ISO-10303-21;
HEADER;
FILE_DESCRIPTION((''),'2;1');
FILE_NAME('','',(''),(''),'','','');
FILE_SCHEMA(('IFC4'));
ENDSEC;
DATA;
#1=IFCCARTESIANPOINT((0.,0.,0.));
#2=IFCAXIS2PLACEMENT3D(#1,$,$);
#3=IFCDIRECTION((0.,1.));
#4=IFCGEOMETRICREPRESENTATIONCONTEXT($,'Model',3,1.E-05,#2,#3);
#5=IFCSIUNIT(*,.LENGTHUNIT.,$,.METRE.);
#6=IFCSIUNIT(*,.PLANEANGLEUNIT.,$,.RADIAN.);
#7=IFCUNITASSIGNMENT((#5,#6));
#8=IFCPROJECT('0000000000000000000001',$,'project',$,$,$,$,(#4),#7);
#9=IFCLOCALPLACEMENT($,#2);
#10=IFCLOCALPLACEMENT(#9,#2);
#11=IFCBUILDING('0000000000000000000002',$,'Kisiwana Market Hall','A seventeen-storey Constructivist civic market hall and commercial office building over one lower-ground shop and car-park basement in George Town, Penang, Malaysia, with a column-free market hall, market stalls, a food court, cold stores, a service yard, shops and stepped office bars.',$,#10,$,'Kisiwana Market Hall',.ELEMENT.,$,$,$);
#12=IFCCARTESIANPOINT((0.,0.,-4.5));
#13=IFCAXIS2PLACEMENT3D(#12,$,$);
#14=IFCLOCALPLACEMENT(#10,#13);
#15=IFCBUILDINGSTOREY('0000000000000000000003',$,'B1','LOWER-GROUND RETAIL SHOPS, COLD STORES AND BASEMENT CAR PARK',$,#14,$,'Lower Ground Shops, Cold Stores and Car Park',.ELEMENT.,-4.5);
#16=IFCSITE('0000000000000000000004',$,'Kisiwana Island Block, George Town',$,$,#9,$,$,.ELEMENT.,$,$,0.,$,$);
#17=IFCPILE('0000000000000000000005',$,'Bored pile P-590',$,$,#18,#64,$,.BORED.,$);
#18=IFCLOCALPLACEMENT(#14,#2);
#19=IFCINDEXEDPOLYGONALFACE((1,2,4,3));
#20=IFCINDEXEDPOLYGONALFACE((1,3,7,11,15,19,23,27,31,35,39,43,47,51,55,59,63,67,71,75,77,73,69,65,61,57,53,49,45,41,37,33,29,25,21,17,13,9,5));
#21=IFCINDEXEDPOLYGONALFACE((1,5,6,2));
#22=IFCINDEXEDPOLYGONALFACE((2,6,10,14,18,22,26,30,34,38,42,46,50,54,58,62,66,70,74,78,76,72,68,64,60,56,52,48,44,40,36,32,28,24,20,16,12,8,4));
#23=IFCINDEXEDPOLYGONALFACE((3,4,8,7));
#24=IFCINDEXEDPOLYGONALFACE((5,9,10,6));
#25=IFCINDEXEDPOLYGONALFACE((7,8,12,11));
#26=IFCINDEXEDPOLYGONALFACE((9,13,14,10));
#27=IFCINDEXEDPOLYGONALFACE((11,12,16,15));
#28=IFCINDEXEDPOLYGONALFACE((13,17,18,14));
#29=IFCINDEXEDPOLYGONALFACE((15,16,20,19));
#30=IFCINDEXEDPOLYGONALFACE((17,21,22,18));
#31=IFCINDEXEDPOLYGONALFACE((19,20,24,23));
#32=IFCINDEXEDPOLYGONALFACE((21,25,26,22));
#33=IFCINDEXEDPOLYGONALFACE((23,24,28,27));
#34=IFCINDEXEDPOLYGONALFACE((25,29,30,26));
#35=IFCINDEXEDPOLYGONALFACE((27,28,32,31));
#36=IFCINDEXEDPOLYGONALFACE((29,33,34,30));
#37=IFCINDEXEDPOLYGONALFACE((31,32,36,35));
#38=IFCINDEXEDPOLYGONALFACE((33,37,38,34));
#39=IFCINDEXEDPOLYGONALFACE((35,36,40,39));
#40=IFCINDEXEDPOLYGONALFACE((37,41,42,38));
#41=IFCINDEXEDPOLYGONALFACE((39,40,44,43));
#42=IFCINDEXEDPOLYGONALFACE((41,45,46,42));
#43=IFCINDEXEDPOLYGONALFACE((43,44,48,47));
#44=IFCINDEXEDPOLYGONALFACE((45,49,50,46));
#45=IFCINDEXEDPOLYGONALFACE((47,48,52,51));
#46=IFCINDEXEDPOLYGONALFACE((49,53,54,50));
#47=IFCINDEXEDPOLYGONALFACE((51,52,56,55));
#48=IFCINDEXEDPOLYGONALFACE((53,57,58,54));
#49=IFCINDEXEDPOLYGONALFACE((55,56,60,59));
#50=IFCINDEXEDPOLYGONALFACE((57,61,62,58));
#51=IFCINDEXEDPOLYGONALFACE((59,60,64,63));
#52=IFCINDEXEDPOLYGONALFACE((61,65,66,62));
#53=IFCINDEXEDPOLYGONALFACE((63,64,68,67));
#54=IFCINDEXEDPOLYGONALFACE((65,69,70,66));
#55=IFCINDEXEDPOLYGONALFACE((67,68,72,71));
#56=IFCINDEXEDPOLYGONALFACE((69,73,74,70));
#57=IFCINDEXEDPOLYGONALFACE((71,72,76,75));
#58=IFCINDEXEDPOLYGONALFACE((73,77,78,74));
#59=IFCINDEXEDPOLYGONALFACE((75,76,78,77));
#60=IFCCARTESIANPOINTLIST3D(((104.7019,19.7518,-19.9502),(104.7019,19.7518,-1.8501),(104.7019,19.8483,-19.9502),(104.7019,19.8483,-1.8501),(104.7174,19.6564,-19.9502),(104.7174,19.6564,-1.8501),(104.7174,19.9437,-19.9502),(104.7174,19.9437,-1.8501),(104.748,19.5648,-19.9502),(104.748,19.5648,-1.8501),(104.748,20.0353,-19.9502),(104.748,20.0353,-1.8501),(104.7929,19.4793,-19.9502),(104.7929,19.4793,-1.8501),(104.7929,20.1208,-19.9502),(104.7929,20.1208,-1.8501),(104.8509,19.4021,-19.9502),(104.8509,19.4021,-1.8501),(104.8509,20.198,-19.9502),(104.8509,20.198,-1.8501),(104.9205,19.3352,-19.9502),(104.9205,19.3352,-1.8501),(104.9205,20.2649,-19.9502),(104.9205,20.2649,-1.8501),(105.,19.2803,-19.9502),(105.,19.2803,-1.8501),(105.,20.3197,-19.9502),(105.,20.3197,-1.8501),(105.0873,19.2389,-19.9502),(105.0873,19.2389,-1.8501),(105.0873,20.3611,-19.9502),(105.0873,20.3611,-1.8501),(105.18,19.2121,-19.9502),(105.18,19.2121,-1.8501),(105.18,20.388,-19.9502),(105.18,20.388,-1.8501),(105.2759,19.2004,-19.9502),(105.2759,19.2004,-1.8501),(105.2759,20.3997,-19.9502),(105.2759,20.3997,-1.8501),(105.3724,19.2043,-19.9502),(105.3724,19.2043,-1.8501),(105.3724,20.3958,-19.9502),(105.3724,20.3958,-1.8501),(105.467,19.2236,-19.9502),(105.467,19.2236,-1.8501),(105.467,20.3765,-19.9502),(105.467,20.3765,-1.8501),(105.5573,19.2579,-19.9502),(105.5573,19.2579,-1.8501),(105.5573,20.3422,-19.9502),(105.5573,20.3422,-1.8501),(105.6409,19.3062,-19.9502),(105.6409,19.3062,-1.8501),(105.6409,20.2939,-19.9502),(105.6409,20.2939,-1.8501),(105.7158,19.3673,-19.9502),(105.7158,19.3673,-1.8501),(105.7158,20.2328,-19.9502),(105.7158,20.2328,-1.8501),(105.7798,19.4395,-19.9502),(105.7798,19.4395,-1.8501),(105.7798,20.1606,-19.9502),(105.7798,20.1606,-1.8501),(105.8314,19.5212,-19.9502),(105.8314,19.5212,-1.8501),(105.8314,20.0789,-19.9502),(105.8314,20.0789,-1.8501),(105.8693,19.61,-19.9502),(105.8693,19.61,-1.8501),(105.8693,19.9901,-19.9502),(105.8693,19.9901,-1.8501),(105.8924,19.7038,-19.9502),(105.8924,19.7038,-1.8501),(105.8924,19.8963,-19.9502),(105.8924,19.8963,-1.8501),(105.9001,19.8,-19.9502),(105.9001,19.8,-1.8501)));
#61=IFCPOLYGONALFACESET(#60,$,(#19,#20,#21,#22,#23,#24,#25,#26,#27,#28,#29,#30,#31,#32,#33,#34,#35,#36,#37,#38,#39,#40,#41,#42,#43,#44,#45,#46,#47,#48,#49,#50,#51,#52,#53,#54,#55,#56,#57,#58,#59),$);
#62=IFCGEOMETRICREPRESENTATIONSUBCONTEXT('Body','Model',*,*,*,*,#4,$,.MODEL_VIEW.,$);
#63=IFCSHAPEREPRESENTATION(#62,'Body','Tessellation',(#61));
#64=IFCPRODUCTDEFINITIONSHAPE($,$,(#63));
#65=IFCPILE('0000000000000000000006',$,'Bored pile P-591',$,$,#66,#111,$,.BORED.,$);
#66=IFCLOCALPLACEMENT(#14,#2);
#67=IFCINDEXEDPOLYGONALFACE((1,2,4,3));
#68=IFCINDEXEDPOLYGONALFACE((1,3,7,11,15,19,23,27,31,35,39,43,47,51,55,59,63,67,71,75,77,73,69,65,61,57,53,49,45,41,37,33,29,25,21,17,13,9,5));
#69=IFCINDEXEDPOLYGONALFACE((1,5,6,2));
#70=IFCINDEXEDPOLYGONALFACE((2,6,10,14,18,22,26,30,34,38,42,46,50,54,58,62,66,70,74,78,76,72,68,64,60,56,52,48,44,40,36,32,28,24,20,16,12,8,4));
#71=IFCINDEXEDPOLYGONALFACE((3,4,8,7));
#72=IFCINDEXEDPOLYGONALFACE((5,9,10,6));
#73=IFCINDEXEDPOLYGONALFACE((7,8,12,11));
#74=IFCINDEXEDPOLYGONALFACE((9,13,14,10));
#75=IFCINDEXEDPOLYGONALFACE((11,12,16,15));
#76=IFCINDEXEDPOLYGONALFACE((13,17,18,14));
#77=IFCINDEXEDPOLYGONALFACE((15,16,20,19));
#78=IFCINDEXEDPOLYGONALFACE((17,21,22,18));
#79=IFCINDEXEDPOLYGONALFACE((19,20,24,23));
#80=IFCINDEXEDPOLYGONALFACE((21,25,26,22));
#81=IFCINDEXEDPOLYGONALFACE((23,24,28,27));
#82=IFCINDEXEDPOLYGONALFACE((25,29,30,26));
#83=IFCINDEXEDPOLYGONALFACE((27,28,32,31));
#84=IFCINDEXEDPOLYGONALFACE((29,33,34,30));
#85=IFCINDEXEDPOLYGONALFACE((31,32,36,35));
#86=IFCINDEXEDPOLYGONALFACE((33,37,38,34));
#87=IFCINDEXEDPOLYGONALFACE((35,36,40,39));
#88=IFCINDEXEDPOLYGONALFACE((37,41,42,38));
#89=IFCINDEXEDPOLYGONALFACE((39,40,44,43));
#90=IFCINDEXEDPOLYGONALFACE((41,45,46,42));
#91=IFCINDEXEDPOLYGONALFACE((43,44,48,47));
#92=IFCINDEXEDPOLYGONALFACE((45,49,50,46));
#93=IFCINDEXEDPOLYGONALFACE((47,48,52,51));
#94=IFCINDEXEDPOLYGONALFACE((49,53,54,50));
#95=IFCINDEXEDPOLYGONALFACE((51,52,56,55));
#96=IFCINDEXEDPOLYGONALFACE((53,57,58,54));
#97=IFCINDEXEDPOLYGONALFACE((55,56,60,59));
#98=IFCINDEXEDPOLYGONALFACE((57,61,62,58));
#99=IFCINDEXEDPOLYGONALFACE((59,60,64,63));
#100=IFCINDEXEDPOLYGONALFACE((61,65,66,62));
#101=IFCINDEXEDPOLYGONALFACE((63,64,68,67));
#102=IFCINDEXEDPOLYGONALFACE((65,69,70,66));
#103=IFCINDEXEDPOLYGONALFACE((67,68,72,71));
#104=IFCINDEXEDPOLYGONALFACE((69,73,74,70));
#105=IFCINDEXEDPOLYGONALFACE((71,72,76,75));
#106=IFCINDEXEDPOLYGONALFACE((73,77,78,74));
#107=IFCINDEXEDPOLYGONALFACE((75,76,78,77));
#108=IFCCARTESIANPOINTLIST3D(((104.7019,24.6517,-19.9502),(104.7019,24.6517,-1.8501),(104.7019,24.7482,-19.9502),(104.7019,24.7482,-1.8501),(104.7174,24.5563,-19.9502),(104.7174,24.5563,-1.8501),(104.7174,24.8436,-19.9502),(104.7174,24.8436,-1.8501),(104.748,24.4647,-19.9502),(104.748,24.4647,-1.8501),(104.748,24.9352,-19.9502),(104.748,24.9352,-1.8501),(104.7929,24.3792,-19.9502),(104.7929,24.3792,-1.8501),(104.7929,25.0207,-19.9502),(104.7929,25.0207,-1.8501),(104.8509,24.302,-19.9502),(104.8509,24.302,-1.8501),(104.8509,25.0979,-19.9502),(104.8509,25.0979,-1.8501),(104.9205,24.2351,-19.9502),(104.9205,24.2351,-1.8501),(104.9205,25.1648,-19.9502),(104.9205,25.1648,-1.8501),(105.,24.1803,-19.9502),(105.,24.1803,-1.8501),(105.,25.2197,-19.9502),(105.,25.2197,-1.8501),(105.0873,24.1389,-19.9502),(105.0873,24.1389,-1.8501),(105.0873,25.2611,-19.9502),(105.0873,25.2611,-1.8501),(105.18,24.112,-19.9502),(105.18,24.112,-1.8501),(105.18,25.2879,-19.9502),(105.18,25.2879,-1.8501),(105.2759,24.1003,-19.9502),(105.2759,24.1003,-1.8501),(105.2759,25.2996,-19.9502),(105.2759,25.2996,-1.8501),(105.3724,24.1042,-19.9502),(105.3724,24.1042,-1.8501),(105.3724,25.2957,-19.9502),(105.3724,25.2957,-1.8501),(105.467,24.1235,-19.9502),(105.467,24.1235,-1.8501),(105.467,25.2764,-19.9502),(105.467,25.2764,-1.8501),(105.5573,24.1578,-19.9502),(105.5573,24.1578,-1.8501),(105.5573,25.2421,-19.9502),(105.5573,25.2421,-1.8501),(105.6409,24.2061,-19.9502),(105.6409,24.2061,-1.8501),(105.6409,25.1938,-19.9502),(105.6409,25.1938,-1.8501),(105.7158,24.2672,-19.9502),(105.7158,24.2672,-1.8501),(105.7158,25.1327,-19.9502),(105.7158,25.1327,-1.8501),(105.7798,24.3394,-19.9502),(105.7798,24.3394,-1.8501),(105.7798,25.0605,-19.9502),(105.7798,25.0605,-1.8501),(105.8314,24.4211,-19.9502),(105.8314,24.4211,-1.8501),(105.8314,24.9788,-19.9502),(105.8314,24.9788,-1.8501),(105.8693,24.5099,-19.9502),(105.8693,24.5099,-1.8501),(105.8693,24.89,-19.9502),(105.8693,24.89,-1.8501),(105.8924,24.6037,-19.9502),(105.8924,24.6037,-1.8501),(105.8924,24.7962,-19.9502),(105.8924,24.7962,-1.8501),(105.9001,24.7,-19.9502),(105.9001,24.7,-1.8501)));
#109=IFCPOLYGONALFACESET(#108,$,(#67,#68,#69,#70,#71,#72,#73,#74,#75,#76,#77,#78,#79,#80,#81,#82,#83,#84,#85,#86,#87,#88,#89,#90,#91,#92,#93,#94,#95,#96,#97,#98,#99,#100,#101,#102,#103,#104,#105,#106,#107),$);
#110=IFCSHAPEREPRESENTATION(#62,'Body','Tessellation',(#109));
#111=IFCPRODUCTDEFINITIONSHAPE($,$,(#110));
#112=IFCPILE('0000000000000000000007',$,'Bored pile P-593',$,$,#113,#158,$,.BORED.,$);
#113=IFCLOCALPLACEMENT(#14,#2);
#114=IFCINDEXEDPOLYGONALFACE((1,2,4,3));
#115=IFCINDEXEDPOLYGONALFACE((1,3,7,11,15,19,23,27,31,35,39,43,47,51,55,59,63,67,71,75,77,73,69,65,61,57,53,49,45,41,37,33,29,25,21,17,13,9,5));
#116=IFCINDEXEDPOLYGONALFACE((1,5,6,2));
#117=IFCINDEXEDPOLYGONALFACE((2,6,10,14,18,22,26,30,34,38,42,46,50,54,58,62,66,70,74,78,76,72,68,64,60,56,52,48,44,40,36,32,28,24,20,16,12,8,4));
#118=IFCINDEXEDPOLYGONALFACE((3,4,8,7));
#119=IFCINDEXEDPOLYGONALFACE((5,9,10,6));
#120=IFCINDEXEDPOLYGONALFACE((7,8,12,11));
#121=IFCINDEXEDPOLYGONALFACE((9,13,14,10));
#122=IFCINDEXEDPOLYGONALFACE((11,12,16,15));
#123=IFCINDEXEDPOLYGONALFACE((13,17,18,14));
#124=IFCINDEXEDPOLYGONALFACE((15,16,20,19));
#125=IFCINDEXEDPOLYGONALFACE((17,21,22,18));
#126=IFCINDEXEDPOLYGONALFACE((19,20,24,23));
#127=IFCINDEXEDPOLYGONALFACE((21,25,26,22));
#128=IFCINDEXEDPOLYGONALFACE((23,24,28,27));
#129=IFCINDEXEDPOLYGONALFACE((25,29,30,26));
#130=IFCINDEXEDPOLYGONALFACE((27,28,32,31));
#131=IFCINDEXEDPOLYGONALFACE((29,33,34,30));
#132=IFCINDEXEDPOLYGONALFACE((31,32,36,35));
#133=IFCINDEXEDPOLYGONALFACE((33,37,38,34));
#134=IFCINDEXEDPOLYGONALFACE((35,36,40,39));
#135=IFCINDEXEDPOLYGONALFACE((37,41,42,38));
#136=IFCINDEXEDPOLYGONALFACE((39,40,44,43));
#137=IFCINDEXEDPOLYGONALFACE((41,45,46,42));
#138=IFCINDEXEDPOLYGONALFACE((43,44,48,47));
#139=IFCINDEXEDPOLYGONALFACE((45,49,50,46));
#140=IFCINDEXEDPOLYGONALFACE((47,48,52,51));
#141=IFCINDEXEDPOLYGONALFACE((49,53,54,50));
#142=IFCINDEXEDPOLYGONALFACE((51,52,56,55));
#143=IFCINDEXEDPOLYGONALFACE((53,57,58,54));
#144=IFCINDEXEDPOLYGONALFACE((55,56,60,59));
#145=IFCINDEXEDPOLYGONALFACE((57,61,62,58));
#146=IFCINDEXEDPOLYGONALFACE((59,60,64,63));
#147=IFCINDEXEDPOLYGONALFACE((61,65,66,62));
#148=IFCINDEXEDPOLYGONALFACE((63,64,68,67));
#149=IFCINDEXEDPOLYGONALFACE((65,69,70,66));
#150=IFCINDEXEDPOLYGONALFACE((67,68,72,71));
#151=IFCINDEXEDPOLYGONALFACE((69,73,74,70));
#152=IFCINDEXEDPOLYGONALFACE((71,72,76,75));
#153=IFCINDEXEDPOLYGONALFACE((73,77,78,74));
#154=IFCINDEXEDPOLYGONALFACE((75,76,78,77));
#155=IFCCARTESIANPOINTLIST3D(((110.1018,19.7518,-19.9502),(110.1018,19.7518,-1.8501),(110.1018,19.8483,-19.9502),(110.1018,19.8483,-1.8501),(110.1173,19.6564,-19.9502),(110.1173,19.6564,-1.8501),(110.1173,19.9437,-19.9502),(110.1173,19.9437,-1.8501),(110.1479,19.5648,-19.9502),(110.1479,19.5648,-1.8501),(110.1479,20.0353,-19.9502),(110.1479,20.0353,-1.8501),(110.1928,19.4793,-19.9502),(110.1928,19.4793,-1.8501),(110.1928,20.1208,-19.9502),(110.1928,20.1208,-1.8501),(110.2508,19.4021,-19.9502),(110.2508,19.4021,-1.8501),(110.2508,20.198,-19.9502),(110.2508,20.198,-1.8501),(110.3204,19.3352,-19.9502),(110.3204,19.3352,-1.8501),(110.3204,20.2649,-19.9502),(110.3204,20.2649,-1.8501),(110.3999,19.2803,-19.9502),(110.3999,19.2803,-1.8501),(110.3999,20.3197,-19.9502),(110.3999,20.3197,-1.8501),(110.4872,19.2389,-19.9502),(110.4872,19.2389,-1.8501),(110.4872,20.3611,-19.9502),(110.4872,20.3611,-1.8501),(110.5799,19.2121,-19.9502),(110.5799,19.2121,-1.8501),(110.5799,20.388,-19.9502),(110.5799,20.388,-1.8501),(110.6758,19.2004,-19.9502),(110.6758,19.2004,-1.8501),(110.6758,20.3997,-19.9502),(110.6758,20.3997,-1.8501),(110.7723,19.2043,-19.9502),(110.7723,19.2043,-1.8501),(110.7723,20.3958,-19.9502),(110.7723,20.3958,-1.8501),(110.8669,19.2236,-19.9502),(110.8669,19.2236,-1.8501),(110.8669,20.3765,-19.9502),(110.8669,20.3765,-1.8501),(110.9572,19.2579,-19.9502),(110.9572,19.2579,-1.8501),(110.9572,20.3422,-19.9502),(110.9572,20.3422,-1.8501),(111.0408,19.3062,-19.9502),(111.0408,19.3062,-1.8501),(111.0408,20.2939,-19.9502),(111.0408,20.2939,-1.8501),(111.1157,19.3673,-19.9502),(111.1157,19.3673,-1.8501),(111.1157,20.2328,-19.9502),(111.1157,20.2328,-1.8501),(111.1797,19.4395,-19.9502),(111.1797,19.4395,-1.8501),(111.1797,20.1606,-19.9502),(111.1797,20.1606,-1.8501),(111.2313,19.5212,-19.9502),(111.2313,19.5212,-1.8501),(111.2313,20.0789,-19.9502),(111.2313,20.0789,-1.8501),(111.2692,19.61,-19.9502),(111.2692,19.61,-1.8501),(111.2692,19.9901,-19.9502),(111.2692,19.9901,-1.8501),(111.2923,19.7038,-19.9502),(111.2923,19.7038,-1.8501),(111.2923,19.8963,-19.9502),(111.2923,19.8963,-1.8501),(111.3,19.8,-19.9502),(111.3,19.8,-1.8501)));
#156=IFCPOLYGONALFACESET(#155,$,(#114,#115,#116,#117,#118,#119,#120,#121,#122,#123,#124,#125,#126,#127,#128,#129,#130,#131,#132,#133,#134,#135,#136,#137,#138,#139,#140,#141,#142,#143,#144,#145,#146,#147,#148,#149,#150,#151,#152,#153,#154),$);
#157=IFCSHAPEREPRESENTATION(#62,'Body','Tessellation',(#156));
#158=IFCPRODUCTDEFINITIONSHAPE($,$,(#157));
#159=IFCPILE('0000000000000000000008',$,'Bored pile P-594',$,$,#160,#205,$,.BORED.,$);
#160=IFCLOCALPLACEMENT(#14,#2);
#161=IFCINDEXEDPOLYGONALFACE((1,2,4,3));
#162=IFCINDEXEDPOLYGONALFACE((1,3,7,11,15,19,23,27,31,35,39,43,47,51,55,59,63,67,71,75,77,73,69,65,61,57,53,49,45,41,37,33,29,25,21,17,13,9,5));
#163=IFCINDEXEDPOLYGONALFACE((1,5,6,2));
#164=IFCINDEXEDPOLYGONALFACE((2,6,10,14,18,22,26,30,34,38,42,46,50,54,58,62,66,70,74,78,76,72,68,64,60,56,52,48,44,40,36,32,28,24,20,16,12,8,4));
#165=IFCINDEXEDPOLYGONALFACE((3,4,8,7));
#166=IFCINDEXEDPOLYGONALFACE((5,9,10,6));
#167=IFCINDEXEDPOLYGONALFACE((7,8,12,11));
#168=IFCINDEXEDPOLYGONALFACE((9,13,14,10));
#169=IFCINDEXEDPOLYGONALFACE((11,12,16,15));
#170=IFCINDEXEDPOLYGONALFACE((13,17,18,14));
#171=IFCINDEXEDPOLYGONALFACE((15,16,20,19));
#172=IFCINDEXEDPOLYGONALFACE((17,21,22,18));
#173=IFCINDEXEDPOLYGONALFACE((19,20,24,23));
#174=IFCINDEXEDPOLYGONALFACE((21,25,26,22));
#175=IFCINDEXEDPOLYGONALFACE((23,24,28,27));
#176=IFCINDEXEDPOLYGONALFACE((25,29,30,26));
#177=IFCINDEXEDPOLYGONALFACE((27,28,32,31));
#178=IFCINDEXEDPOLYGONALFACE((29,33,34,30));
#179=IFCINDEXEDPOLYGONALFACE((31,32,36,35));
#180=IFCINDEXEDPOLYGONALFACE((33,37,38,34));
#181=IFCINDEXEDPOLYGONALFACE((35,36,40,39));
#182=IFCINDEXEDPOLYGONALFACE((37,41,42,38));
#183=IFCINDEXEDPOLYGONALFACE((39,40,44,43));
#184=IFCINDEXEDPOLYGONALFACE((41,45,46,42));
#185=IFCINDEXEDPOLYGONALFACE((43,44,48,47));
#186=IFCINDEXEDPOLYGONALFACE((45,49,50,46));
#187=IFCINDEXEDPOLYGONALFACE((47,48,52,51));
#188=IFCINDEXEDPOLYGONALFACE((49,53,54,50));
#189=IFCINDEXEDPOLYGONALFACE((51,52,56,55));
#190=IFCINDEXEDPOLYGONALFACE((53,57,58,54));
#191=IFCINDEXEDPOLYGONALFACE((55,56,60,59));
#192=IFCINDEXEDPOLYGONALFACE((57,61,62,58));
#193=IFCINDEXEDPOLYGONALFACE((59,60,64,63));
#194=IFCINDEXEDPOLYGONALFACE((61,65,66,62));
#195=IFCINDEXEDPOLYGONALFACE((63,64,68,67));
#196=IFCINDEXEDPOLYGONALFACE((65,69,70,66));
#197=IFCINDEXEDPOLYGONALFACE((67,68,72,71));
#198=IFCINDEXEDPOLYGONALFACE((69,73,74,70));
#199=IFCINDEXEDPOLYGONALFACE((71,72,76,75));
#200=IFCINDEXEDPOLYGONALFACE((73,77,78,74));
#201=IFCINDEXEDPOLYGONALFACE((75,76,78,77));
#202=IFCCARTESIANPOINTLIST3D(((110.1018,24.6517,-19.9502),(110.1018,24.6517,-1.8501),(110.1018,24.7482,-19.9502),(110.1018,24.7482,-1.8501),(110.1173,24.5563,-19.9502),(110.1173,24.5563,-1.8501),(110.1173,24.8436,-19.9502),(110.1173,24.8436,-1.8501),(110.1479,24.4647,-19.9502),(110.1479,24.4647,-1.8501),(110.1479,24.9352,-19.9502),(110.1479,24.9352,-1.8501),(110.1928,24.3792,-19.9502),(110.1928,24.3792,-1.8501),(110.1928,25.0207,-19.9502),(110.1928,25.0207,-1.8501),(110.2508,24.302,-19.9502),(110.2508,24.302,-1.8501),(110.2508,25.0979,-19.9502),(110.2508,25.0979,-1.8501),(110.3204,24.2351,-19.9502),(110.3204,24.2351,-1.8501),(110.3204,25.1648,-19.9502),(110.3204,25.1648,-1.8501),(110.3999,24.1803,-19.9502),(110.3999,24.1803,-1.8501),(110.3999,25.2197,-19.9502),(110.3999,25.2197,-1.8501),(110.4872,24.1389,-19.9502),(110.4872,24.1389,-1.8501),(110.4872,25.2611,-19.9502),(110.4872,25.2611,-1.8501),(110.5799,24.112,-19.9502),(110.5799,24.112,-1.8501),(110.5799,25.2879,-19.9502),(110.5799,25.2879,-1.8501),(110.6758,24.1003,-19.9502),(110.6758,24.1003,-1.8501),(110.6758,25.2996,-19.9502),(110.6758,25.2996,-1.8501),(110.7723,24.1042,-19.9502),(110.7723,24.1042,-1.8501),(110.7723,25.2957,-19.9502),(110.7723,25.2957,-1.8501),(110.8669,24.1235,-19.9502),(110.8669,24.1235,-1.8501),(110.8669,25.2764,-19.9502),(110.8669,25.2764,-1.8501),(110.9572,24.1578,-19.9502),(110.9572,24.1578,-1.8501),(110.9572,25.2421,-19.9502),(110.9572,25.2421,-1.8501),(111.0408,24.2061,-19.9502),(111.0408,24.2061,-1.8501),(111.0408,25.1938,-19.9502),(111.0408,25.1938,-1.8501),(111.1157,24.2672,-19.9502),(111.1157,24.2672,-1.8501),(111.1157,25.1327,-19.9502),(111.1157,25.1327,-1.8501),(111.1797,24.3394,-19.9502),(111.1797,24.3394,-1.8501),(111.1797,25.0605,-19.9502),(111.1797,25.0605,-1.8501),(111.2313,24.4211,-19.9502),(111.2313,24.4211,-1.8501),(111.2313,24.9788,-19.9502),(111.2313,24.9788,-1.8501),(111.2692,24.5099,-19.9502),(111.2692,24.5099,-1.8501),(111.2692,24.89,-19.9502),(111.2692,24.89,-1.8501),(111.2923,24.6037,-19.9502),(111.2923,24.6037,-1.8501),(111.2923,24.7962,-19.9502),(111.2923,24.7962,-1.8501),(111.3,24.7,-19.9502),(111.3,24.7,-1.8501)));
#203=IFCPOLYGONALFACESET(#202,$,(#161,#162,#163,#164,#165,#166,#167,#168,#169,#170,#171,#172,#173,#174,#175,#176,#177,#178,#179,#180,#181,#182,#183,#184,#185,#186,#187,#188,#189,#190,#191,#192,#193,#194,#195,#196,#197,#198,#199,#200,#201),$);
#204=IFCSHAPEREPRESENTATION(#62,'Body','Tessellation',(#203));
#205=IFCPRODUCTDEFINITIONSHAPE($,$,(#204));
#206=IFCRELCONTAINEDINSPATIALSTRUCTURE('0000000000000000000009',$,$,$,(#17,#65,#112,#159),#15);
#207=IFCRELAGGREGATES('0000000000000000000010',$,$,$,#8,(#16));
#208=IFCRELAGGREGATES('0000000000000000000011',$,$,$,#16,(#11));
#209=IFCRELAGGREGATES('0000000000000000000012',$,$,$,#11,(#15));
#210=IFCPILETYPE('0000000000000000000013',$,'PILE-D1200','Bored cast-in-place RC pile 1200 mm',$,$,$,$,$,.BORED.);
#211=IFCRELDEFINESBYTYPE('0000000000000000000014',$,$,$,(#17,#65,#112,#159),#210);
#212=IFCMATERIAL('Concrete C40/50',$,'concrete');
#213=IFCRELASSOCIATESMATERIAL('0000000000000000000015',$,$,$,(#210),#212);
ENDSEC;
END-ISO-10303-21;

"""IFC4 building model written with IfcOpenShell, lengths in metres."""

from ifc_helpers import new_model, si_unit, direction, frame, origin, origin_2d, place, context, subcontext, project, spatial, circle, extrude, material, material_profile, profile_set, type_object, element, save


model = new_model("IFC4")

# Units and contexts
model_context = context("Model", 3, precision=1e-05, world=origin(), true_north=direction((0.0, 1.0)))
body_context = subcontext(model_context, "Body", "Model", "MODEL_VIEW")
ifc_project = project(units=[si_unit("LENGTHUNIT", "METRE"), si_unit("PLANEANGLEUNIT", "RADIAN")], contexts=[model_context])

# Site, building, storey
site_placement = place(None, origin())
site = spatial("IfcSite", under=ifc_project, at=site_placement, Name="Kisiwana Island Block, George Town", CompositionType="ELEMENT", RefElevation=0.0)
building_placement = place(site_placement, origin())
building = spatial("IfcBuilding", under=site, at=building_placement, Name="Kisiwana Market Hall", Description="A seventeen-storey Constructivist civic market hall and commercial office building over one lower-ground shop and car-park basement in George Town, Penang, Malaysia, with a column-free market hall, market stalls, a food court, cold stores, a service yard, shops and stepped office bars.", LongName="Kisiwana Market Hall", CompositionType="ELEMENT")
storey_placement = place(building_placement, frame((0.0, 0.0, -4.5)))
storey = spatial("IfcBuildingStorey", under=building, at=storey_placement, Name="B1", Description="LOWER-GROUND RETAIL SHOPS, COLD STORES AND BASEMENT CAR PARK", LongName="Lower Ground Shops, Cold Stores and Car Park", CompositionType="ELEMENT", Elevation=-4.5)

# Piles
ifc_material_1 = material(Name="Concrete C40/50", Category="concrete")
ifc_material_profile_1 = material_profile(ifc_material_1, circle(Radius=0.6001, at=origin_2d()), Name="BP D1200")
ifc_profile_set_1 = profile_set([ifc_material_profile_1], Name="Concrete C40/50")
pile_type_1 = type_object("IfcPileType", Name="PILE-D1200", Description="Bored cast-in-place RC pile 1200 mm", PredefinedType="BORED", material=ifc_profile_set_1)
for number, where, z_axis, x_axis, name in (
    (1, (105.3, 19.8, -1.8501), (0.0, 0.0, -1.0), (1.0, 0.0, 0.0), "Bored pile P-590"),
    (2, (105.3, 24.7, -1.8501), (0.0, 0.0, -1.0), (1.0, 0.0, 0.0), "Bored pile P-591"),
    (3, (110.7, 19.8, -1.8501), (0.0, 0.0, -1.0), (1.0, 0.0, 0.0), "Bored pile P-593"),
    (4, (110.7, 24.7, -1.8501), (0.0, 0.0, -1.0), (1.0, 0.0, 0.0), "Bored pile P-594"),
):
    element("IfcPile", number, at=place(storey_placement, frame(where, z_axis=z_axis, x_axis=x_axis)), inside=storey, type_object=pile_type_1, Name=name, PredefinedType="BORED", context=body_context, shape_type="SweptSolid", body=[
        extrude(circle(Radius=0.6001, at=origin_2d()), origin(), (0.0, 0.0, 1.0), 18.1001),
    ])

save(model, "model.ifc")
